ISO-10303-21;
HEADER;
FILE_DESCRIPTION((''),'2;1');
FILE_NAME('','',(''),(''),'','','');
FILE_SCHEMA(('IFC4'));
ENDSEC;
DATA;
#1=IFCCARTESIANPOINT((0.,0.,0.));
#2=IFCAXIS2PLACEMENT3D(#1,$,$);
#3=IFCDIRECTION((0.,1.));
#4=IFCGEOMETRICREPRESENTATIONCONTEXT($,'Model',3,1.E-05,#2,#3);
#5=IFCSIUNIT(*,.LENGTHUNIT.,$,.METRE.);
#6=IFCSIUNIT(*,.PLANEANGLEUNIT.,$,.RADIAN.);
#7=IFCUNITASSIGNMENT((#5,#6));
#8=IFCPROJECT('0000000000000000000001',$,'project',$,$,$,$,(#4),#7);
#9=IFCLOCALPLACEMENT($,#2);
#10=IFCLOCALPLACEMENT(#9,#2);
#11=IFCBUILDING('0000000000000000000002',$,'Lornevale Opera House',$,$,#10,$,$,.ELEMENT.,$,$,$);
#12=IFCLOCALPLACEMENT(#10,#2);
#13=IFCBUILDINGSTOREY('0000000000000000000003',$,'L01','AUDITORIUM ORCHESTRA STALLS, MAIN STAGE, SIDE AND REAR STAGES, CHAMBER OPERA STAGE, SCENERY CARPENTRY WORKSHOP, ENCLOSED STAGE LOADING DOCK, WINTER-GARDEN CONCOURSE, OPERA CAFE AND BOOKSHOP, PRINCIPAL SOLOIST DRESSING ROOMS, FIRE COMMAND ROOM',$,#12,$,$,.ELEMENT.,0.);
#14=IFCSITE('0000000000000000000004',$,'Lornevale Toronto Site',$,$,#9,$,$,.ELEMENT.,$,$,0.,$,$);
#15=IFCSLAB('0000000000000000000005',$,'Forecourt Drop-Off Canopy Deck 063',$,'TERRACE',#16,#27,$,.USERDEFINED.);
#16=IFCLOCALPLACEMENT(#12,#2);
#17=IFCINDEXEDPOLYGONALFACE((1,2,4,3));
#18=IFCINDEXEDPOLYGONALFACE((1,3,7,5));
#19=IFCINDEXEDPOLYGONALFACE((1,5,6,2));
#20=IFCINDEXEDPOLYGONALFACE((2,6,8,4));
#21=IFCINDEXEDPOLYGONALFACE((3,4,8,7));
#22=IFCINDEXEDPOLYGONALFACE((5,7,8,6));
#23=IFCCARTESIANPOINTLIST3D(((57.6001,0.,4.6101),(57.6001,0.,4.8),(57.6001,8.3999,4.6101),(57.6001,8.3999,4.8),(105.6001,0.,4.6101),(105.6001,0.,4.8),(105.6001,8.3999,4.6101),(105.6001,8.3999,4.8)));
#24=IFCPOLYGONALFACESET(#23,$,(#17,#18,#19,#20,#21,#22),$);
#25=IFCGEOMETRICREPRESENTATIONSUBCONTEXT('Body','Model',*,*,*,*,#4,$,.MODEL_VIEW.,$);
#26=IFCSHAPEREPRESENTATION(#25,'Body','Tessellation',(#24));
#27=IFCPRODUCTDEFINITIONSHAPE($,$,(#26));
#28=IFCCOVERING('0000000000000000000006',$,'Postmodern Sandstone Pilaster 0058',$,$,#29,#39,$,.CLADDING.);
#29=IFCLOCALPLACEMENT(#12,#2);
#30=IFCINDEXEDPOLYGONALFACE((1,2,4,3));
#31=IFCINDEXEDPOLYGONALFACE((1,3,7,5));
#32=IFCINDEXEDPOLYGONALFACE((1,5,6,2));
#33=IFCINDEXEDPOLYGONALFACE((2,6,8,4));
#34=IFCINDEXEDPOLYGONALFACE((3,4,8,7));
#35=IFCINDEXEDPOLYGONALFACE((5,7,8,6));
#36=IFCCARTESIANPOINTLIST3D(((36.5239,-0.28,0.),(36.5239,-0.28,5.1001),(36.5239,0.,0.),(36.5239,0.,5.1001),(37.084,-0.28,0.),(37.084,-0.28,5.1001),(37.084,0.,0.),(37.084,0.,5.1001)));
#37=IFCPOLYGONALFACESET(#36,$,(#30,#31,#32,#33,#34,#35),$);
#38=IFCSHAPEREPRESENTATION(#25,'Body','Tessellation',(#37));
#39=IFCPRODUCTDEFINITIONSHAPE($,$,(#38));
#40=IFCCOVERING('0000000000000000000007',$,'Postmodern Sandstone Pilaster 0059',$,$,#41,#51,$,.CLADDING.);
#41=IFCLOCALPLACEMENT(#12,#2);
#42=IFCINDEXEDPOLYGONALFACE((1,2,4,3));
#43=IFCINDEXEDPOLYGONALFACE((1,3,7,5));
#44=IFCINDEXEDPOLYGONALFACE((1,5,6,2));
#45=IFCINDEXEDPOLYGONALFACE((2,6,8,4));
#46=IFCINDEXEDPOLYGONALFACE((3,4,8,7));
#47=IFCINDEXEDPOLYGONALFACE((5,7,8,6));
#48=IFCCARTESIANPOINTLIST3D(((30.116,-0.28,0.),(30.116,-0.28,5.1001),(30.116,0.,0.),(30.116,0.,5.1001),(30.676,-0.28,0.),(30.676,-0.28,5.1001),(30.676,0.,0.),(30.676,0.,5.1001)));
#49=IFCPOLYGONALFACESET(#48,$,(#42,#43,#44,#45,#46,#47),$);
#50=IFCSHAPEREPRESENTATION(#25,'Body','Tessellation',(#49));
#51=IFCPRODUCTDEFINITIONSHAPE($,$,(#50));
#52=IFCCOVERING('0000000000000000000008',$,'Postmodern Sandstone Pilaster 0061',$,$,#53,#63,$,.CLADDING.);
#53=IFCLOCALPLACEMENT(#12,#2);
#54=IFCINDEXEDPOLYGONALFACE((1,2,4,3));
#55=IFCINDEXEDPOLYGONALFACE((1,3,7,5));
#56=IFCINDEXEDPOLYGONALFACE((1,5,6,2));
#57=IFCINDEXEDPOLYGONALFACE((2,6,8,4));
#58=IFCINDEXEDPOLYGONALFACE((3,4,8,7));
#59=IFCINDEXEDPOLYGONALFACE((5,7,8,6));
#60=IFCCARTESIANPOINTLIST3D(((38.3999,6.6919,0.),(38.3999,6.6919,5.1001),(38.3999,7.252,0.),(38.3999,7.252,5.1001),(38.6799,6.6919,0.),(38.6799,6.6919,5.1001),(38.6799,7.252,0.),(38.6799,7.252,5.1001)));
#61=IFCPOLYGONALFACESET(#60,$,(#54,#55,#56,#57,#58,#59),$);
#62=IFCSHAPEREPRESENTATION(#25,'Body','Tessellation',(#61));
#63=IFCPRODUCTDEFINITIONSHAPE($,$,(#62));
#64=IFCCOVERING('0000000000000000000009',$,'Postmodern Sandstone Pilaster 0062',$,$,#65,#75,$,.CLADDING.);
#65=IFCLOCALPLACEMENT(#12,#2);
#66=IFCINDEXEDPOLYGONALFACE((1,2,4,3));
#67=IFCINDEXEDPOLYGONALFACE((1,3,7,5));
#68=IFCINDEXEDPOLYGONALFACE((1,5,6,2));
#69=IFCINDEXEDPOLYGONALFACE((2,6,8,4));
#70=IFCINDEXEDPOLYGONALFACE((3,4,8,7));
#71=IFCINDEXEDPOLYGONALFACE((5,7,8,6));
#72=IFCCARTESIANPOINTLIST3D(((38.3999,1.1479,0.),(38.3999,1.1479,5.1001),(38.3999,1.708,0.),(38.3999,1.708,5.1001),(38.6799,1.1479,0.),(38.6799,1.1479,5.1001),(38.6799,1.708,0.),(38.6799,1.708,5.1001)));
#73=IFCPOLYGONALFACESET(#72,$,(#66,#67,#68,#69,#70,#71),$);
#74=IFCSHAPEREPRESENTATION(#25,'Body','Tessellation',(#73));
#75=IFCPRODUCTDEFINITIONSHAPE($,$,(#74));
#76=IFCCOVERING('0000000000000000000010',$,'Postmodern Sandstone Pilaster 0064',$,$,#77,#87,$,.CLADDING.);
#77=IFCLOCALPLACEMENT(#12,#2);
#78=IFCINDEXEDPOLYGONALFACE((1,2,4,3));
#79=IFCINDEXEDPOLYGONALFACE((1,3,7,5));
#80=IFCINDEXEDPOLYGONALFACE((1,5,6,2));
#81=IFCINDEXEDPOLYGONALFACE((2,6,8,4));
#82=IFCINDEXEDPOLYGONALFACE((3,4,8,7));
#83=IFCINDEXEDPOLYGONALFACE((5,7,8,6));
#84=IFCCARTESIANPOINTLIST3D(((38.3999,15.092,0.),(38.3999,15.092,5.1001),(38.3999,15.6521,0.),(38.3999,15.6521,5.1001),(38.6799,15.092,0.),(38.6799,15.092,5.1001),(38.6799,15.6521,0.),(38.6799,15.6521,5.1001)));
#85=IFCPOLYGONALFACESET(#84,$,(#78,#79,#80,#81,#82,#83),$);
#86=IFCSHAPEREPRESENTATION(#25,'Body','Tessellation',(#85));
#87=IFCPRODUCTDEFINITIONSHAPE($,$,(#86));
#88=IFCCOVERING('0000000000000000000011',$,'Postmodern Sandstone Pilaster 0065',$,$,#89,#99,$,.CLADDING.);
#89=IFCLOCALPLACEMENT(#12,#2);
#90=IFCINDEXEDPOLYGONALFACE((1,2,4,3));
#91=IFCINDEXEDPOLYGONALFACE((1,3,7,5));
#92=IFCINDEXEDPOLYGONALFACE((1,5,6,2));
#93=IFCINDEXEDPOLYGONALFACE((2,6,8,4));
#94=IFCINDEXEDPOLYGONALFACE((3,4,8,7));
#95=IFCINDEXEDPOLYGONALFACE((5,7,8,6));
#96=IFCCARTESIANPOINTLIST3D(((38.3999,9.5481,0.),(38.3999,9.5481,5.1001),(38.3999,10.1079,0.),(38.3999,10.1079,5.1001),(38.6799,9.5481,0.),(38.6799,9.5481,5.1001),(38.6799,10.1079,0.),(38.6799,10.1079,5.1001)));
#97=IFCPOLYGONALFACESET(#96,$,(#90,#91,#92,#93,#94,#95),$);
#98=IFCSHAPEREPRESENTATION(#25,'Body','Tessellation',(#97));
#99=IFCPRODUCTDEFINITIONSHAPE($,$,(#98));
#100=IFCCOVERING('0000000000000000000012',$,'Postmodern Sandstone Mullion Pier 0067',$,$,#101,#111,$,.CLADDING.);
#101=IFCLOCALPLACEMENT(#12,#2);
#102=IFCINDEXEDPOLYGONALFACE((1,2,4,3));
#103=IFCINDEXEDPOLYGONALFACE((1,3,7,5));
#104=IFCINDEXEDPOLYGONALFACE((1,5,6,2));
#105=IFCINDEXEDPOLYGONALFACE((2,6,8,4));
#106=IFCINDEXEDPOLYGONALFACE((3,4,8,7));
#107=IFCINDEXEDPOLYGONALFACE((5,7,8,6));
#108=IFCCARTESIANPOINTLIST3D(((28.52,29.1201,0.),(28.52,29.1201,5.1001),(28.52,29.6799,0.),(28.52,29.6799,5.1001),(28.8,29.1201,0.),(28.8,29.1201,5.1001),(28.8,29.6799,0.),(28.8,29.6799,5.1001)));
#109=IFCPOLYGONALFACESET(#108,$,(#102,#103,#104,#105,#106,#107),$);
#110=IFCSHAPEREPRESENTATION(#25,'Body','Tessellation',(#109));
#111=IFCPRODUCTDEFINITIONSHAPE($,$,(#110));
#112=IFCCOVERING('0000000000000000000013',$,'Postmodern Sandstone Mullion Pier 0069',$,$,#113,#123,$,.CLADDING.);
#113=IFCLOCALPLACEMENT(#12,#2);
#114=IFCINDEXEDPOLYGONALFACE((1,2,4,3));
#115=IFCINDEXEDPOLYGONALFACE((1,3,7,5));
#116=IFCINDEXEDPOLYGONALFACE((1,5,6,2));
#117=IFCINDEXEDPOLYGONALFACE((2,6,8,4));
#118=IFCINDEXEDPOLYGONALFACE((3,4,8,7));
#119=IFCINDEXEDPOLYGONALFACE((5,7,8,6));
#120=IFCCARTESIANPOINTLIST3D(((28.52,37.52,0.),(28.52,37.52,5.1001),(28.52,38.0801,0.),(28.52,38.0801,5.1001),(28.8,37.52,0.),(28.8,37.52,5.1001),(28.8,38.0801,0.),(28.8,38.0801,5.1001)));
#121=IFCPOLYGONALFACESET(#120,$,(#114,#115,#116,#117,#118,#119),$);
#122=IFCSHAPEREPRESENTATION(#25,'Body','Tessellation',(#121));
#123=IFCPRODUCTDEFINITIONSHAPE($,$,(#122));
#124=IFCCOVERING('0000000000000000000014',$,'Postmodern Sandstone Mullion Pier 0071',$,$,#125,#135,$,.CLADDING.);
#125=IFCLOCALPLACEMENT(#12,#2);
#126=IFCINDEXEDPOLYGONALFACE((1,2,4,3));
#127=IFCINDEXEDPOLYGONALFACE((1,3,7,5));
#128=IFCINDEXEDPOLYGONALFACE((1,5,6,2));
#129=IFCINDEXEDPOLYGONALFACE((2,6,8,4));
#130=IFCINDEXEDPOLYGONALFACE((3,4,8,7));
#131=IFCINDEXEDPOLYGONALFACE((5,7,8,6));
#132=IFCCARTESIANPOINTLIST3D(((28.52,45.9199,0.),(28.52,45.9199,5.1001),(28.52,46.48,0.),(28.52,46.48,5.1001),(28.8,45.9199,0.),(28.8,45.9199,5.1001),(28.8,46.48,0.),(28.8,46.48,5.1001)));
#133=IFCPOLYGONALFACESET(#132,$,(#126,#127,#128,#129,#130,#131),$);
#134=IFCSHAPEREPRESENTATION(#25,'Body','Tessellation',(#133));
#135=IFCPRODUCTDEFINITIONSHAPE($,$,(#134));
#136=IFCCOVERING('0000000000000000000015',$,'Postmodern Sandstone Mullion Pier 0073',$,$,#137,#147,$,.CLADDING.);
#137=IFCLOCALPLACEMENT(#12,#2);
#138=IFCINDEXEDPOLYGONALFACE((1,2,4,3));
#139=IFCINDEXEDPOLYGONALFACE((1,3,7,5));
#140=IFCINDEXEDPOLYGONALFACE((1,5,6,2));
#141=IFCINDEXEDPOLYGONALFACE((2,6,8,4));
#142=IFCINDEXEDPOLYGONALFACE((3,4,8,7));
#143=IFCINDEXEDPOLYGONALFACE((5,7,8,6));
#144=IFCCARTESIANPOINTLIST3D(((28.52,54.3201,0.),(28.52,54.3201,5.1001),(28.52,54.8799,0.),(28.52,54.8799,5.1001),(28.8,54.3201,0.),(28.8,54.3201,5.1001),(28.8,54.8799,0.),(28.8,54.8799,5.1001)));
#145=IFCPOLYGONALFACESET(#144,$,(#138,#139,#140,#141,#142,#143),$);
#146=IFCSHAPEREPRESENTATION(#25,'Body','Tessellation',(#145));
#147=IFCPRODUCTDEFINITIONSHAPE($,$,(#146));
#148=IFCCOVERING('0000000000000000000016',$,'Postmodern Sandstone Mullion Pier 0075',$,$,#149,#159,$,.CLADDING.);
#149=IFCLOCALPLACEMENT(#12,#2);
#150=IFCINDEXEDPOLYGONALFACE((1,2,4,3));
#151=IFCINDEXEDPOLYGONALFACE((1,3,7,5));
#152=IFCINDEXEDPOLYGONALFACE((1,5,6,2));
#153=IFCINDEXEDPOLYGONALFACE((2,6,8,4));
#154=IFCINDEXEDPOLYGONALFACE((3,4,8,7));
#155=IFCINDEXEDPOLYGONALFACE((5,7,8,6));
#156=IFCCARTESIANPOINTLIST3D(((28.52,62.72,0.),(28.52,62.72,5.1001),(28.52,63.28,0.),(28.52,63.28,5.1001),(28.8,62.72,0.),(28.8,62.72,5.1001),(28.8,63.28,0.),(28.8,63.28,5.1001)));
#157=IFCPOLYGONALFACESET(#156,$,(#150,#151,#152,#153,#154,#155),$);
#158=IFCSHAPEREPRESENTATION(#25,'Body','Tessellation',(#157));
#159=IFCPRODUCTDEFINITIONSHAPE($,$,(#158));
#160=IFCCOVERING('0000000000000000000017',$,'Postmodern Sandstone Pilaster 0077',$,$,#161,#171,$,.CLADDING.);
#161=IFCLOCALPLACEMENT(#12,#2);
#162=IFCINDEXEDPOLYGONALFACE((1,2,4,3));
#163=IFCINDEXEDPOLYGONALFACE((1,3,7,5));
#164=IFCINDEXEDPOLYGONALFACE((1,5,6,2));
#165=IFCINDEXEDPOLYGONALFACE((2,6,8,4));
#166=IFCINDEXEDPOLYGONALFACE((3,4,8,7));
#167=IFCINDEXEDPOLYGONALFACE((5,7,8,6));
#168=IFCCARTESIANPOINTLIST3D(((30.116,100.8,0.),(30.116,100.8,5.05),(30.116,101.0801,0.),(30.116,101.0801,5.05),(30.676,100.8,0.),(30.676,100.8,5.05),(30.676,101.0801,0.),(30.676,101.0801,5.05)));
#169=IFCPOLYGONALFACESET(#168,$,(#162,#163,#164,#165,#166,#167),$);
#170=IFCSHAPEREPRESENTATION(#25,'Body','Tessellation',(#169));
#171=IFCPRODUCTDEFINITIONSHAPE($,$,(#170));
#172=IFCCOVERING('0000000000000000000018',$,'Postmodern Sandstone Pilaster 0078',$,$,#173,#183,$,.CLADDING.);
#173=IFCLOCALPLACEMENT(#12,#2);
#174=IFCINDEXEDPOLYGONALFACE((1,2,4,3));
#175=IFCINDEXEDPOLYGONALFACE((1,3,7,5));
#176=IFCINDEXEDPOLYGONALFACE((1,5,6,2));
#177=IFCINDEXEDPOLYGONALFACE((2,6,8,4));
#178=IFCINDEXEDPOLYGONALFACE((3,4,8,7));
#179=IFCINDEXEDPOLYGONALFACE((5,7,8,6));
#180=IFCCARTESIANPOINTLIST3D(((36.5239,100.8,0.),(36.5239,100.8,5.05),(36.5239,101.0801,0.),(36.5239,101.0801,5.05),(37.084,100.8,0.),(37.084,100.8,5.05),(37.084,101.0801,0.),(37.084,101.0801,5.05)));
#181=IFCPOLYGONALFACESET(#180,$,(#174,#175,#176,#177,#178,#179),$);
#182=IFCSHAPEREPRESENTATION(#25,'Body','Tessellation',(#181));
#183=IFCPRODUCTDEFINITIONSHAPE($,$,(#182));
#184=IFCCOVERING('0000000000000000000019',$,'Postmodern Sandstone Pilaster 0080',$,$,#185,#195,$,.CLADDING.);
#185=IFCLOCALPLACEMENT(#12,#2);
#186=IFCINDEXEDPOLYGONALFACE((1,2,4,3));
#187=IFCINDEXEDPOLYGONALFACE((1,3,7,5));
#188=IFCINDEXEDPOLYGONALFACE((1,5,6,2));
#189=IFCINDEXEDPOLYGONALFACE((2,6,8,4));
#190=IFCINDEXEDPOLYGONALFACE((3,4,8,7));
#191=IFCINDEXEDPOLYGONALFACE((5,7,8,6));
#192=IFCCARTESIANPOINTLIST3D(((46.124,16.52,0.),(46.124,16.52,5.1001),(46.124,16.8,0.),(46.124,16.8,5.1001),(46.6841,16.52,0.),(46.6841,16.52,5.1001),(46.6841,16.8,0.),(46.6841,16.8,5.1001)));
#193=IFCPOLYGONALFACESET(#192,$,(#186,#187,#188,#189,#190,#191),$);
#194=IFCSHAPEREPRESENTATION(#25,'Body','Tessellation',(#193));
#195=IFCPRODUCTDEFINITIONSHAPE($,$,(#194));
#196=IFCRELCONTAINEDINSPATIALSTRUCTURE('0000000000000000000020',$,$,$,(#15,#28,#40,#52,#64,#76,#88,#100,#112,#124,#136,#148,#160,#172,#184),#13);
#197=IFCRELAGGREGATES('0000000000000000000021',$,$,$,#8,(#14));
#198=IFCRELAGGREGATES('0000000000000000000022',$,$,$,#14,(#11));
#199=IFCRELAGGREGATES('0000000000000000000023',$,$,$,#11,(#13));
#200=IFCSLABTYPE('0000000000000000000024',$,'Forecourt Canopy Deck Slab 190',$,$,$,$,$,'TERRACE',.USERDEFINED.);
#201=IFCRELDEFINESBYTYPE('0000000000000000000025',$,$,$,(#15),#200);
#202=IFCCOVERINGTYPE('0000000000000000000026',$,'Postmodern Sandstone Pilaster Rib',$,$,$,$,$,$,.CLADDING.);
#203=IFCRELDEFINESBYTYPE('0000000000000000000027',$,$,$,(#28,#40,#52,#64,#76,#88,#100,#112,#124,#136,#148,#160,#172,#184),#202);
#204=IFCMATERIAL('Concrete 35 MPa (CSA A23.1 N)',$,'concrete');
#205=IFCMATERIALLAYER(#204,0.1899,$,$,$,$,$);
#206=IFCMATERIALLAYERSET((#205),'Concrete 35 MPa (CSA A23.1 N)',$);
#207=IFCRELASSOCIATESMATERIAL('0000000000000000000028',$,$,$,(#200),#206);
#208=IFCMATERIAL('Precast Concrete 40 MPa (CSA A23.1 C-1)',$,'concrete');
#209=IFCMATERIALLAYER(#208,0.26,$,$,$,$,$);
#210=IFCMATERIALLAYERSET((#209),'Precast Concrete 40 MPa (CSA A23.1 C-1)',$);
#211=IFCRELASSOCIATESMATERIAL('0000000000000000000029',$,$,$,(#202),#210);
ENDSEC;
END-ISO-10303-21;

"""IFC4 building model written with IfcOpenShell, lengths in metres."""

from ifc_helpers import new_model, si_unit, direction, frame, origin, place, context, subcontext, project, spatial, polyline, outline, extrude, material, layer, layer_set, type_object, element, save


model = new_model("IFC4")

# Units and contexts
model_context = context("Model", 3, precision=1e-05, world=origin(), true_north=direction((0.0, 1.0)))
body_context = subcontext(model_context, "Body", "Model", "MODEL_VIEW")
ifc_project = project(units=[si_unit("LENGTHUNIT", "METRE"), si_unit("PLANEANGLEUNIT", "RADIAN")], contexts=[model_context])

# Site, building, storey
site_placement = place(None, origin())
site = spatial("IfcSite", under=ifc_project, at=site_placement, Name="Lornevale Toronto Site", CompositionType="ELEMENT", RefElevation=0.0)
building_placement = place(site_placement, origin())
building = spatial("IfcBuilding", under=site, at=building_placement, Name="Lornevale Opera House", CompositionType="ELEMENT")
storey_placement = place(building_placement, origin())
storey = spatial("IfcBuildingStorey", under=building, at=storey_placement, Name="L01", Description="AUDITORIUM ORCHESTRA STALLS, MAIN STAGE, SIDE AND REAR STAGES, CHAMBER OPERA STAGE, SCENERY CARPENTRY WORKSHOP, ENCLOSED STAGE LOADING DOCK, WINTER-GARDEN CONCOURSE, OPERA CAFE AND BOOKSHOP, PRINCIPAL SOLOIST DRESSING ROOMS, FIRE COMMAND ROOM", CompositionType="ELEMENT", Elevation=0.0)

# Slab
ifc_material_1 = material(Name="Concrete 35 MPa (CSA A23.1 N)", Category="concrete")
ifc_layer_1 = layer(ifc_material_1, 0.1899)
ifc_layer_set_1 = layer_set([ifc_layer_1], Name="Concrete 35 MPa (CSA A23.1 N)")
slab_type = type_object("IfcSlabType", Name="Forecourt Canopy Deck Slab 190", ElementType="TERRACE", PredefinedType="USERDEFINED", material=ifc_layer_set_1)
slab_placement = place(storey_placement, frame((0.0, 0.0, 4.6101)))
element("IfcSlab", 1, at=slab_placement, inside=storey, type_object=slab_type, Name="Forecourt Drop-Off Canopy Deck 063", ObjectType="TERRACE", PredefinedType="USERDEFINED", context=body_context, shape_type="SweptSolid", body=[
    extrude(outline(polyline([(57.6001, 0.0), (105.6001, 0.0), (105.6001, 8.3999), (57.6001, 8.3999), (57.6001, 0.0)])), origin(), (0.0, 0.0, 1.0), 0.1899),
])

# Coverings
ifc_material_2 = material(Name="Precast Concrete 40 MPa (CSA A23.1 C-1)", Category="concrete")
ifc_layer_2 = layer(ifc_material_2, 0.26)
ifc_layer_set_2 = layer_set([ifc_layer_2], Name="Precast Concrete 40 MPa (CSA A23.1 C-1)")
covering_type_1 = type_object("IfcCoveringType", Name="Postmodern Sandstone Pilaster Rib", PredefinedType="CLADDING", material=ifc_layer_set_2)
covering_1_placement = place(storey_placement, origin())
element("IfcCovering", 2, at=covering_1_placement, inside=storey, type_object=covering_type_1, Name="Postmodern Sandstone Pilaster 0058", PredefinedType="CLADDING", context=body_context, shape_type="SweptSolid", body=[
    extrude(outline(polyline([(37.084, 0.0), (36.5239, 0.0), (36.5239, -0.28), (37.084, -0.28), (37.084, 0.0)])), origin(), (0.0, 0.0, 1.0), 5.1001),
])
covering_2_placement = place(storey_placement, origin())
element("IfcCovering", 3, at=covering_2_placement, inside=storey, type_object=covering_type_1, Name="Postmodern Sandstone Pilaster 0059", PredefinedType="CLADDING", context=body_context, shape_type="SweptSolid", body=[
    extrude(outline(polyline([(30.676, 0.0), (30.116, 0.0), (30.116, -0.28), (30.676, -0.28), (30.676, 0.0)])), origin(), (0.0, 0.0, 1.0), 5.1001),
])
covering_3_placement = place(storey_placement, origin())
element("IfcCovering", 4, at=covering_3_placement, inside=storey, type_object=covering_type_1, Name="Postmodern Sandstone Pilaster 0061", PredefinedType="CLADDING", context=body_context, shape_type="SweptSolid", body=[
    extrude(outline(polyline([(38.3999, 7.252), (38.3999, 6.6919), (38.6799, 6.6919), (38.6799, 7.252), (38.3999, 7.252)])), origin(), (0.0, 0.0, 1.0), 5.1001),
])
covering_4_placement = place(storey_placement, origin())
element("IfcCovering", 5, at=covering_4_placement, inside=storey, type_object=covering_type_1, Name="Postmodern Sandstone Pilaster 0062", PredefinedType="CLADDING", context=body_context, shape_type="SweptSolid", body=[
    extrude(outline(polyline([(38.3999, 1.708), (38.3999, 1.1479), (38.6799, 1.1479), (38.6799, 1.708), (38.3999, 1.708)])), origin(), (0.0, 0.0, 1.0), 5.1001),
])
covering_5_placement = place(storey_placement, origin())
element("IfcCovering", 6, at=covering_5_placement, inside=storey, type_object=covering_type_1, Name="Postmodern Sandstone Pilaster 0064", PredefinedType="CLADDING", context=body_context, shape_type="SweptSolid", body=[
    extrude(outline(polyline([(38.3999, 15.6521), (38.3999, 15.092), (38.6799, 15.092), (38.6799, 15.6521), (38.3999, 15.6521)])), origin(), (0.0, 0.0, 1.0), 5.1001),
])
covering_6_placement = place(storey_placement, origin())
element("IfcCovering", 7, at=covering_6_placement, inside=storey, type_object=covering_type_1, Name="Postmodern Sandstone Pilaster 0065", PredefinedType="CLADDING", context=body_context, shape_type="SweptSolid", body=[
    extrude(outline(polyline([(38.3999, 10.1079), (38.3999, 9.5481), (38.6799, 9.5481), (38.6799, 10.1079), (38.3999, 10.1079)])), origin(), (0.0, 0.0, 1.0), 5.1001),
])
covering_7_placement = place(storey_placement, origin())
element("IfcCovering", 8, at=covering_7_placement, inside=storey, type_object=covering_type_1, Name="Postmodern Sandstone Mullion Pier 0067", PredefinedType="CLADDING", context=body_context, shape_type="SweptSolid", body=[
    extrude(outline(polyline([(28.8, 29.1201), (28.8, 29.6799), (28.52, 29.6799), (28.52, 29.1201), (28.8, 29.1201)])), origin(), (0.0, 0.0, 1.0), 5.1001),
])
covering_8_placement = place(storey_placement, origin())
element("IfcCovering", 9, at=covering_8_placement, inside=storey, type_object=covering_type_1, Name="Postmodern Sandstone Mullion Pier 0069", PredefinedType="CLADDING", context=body_context, shape_type="SweptSolid", body=[
    extrude(outline(polyline([(28.8, 37.52), (28.8, 38.0801), (28.52, 38.0801), (28.52, 37.52), (28.8, 37.52)])), origin(), (0.0, 0.0, 1.0), 5.1001),
])
covering_9_placement = place(storey_placement, origin())
element("IfcCovering", 10, at=covering_9_placement, inside=storey, type_object=covering_type_1, Name="Postmodern Sandstone Mullion Pier 0071", PredefinedType="CLADDING", context=body_context, shape_type="SweptSolid", body=[
    extrude(outline(polyline([(28.8, 45.9199), (28.8, 46.48), (28.52, 46.48), (28.52, 45.9199), (28.8, 45.9199)])), origin(), (0.0, 0.0, 1.0), 5.1001),
])
covering_10_placement = place(storey_placement, origin())
element("IfcCovering", 11, at=covering_10_placement, inside=storey, type_object=covering_type_1, Name="Postmodern Sandstone Mullion Pier 0073", PredefinedType="CLADDING", context=body_context, shape_type="SweptSolid", body=[
    extrude(outline(polyline([(28.8, 54.3201), (28.8, 54.8799), (28.52, 54.8799), (28.52, 54.3201), (28.8, 54.3201)])), origin(), (0.0, 0.0, 1.0), 5.1001),
])
covering_11_placement = place(storey_placement, origin())
element("IfcCovering", 12, at=covering_11_placement, inside=storey, type_object=covering_type_1, Name="Postmodern Sandstone Mullion Pier 0075", PredefinedType="CLADDING", context=body_context, shape_type="SweptSolid", body=[
    extrude(outline(polyline([(28.8, 62.72), (28.8, 63.28), (28.52, 63.28), (28.52, 62.72), (28.8, 62.72)])), origin(), (0.0, 0.0, 1.0), 5.1001),
])
covering_12_placement = place(storey_placement, origin())
element("IfcCovering", 13, at=covering_12_placement, inside=storey, type_object=covering_type_1, Name="Postmodern Sandstone Pilaster 0077", PredefinedType="CLADDING", context=body_context, shape_type="SweptSolid", body=[
    extrude(outline(polyline([(30.116, 100.8), (30.676, 100.8), (30.676, 101.0801), (30.116, 101.0801), (30.116, 100.8)])), origin(), (0.0, 0.0, 1.0), 5.05),
])
covering_13_placement = place(storey_placement, origin())
element("IfcCovering", 14, at=covering_13_placement, inside=storey, type_object=covering_type_1, Name="Postmodern Sandstone Pilaster 0078", PredefinedType="CLADDING", context=body_context, shape_type="SweptSolid", body=[
    extrude(outline(polyline([(36.5239, 100.8), (37.084, 100.8), (37.084, 101.0801), (36.5239, 101.0801), (36.5239, 100.8)])), origin(), (0.0, 0.0, 1.0), 5.05),
])
covering_14_placement = place(storey_placement, origin())
element("IfcCovering", 15, at=covering_14_placement, inside=storey, type_object=covering_type_1, Name="Postmodern Sandstone Pilaster 0080", PredefinedType="CLADDING", context=body_context, shape_type="SweptSolid", body=[
    extrude(outline(polyline([(46.6841, 16.8), (46.124, 16.8), (46.124, 16.52), (46.6841, 16.52), (46.6841, 16.8)])), origin(), (0.0, 0.0, 1.0), 5.1001),
])

save(model, "model.ifc")
